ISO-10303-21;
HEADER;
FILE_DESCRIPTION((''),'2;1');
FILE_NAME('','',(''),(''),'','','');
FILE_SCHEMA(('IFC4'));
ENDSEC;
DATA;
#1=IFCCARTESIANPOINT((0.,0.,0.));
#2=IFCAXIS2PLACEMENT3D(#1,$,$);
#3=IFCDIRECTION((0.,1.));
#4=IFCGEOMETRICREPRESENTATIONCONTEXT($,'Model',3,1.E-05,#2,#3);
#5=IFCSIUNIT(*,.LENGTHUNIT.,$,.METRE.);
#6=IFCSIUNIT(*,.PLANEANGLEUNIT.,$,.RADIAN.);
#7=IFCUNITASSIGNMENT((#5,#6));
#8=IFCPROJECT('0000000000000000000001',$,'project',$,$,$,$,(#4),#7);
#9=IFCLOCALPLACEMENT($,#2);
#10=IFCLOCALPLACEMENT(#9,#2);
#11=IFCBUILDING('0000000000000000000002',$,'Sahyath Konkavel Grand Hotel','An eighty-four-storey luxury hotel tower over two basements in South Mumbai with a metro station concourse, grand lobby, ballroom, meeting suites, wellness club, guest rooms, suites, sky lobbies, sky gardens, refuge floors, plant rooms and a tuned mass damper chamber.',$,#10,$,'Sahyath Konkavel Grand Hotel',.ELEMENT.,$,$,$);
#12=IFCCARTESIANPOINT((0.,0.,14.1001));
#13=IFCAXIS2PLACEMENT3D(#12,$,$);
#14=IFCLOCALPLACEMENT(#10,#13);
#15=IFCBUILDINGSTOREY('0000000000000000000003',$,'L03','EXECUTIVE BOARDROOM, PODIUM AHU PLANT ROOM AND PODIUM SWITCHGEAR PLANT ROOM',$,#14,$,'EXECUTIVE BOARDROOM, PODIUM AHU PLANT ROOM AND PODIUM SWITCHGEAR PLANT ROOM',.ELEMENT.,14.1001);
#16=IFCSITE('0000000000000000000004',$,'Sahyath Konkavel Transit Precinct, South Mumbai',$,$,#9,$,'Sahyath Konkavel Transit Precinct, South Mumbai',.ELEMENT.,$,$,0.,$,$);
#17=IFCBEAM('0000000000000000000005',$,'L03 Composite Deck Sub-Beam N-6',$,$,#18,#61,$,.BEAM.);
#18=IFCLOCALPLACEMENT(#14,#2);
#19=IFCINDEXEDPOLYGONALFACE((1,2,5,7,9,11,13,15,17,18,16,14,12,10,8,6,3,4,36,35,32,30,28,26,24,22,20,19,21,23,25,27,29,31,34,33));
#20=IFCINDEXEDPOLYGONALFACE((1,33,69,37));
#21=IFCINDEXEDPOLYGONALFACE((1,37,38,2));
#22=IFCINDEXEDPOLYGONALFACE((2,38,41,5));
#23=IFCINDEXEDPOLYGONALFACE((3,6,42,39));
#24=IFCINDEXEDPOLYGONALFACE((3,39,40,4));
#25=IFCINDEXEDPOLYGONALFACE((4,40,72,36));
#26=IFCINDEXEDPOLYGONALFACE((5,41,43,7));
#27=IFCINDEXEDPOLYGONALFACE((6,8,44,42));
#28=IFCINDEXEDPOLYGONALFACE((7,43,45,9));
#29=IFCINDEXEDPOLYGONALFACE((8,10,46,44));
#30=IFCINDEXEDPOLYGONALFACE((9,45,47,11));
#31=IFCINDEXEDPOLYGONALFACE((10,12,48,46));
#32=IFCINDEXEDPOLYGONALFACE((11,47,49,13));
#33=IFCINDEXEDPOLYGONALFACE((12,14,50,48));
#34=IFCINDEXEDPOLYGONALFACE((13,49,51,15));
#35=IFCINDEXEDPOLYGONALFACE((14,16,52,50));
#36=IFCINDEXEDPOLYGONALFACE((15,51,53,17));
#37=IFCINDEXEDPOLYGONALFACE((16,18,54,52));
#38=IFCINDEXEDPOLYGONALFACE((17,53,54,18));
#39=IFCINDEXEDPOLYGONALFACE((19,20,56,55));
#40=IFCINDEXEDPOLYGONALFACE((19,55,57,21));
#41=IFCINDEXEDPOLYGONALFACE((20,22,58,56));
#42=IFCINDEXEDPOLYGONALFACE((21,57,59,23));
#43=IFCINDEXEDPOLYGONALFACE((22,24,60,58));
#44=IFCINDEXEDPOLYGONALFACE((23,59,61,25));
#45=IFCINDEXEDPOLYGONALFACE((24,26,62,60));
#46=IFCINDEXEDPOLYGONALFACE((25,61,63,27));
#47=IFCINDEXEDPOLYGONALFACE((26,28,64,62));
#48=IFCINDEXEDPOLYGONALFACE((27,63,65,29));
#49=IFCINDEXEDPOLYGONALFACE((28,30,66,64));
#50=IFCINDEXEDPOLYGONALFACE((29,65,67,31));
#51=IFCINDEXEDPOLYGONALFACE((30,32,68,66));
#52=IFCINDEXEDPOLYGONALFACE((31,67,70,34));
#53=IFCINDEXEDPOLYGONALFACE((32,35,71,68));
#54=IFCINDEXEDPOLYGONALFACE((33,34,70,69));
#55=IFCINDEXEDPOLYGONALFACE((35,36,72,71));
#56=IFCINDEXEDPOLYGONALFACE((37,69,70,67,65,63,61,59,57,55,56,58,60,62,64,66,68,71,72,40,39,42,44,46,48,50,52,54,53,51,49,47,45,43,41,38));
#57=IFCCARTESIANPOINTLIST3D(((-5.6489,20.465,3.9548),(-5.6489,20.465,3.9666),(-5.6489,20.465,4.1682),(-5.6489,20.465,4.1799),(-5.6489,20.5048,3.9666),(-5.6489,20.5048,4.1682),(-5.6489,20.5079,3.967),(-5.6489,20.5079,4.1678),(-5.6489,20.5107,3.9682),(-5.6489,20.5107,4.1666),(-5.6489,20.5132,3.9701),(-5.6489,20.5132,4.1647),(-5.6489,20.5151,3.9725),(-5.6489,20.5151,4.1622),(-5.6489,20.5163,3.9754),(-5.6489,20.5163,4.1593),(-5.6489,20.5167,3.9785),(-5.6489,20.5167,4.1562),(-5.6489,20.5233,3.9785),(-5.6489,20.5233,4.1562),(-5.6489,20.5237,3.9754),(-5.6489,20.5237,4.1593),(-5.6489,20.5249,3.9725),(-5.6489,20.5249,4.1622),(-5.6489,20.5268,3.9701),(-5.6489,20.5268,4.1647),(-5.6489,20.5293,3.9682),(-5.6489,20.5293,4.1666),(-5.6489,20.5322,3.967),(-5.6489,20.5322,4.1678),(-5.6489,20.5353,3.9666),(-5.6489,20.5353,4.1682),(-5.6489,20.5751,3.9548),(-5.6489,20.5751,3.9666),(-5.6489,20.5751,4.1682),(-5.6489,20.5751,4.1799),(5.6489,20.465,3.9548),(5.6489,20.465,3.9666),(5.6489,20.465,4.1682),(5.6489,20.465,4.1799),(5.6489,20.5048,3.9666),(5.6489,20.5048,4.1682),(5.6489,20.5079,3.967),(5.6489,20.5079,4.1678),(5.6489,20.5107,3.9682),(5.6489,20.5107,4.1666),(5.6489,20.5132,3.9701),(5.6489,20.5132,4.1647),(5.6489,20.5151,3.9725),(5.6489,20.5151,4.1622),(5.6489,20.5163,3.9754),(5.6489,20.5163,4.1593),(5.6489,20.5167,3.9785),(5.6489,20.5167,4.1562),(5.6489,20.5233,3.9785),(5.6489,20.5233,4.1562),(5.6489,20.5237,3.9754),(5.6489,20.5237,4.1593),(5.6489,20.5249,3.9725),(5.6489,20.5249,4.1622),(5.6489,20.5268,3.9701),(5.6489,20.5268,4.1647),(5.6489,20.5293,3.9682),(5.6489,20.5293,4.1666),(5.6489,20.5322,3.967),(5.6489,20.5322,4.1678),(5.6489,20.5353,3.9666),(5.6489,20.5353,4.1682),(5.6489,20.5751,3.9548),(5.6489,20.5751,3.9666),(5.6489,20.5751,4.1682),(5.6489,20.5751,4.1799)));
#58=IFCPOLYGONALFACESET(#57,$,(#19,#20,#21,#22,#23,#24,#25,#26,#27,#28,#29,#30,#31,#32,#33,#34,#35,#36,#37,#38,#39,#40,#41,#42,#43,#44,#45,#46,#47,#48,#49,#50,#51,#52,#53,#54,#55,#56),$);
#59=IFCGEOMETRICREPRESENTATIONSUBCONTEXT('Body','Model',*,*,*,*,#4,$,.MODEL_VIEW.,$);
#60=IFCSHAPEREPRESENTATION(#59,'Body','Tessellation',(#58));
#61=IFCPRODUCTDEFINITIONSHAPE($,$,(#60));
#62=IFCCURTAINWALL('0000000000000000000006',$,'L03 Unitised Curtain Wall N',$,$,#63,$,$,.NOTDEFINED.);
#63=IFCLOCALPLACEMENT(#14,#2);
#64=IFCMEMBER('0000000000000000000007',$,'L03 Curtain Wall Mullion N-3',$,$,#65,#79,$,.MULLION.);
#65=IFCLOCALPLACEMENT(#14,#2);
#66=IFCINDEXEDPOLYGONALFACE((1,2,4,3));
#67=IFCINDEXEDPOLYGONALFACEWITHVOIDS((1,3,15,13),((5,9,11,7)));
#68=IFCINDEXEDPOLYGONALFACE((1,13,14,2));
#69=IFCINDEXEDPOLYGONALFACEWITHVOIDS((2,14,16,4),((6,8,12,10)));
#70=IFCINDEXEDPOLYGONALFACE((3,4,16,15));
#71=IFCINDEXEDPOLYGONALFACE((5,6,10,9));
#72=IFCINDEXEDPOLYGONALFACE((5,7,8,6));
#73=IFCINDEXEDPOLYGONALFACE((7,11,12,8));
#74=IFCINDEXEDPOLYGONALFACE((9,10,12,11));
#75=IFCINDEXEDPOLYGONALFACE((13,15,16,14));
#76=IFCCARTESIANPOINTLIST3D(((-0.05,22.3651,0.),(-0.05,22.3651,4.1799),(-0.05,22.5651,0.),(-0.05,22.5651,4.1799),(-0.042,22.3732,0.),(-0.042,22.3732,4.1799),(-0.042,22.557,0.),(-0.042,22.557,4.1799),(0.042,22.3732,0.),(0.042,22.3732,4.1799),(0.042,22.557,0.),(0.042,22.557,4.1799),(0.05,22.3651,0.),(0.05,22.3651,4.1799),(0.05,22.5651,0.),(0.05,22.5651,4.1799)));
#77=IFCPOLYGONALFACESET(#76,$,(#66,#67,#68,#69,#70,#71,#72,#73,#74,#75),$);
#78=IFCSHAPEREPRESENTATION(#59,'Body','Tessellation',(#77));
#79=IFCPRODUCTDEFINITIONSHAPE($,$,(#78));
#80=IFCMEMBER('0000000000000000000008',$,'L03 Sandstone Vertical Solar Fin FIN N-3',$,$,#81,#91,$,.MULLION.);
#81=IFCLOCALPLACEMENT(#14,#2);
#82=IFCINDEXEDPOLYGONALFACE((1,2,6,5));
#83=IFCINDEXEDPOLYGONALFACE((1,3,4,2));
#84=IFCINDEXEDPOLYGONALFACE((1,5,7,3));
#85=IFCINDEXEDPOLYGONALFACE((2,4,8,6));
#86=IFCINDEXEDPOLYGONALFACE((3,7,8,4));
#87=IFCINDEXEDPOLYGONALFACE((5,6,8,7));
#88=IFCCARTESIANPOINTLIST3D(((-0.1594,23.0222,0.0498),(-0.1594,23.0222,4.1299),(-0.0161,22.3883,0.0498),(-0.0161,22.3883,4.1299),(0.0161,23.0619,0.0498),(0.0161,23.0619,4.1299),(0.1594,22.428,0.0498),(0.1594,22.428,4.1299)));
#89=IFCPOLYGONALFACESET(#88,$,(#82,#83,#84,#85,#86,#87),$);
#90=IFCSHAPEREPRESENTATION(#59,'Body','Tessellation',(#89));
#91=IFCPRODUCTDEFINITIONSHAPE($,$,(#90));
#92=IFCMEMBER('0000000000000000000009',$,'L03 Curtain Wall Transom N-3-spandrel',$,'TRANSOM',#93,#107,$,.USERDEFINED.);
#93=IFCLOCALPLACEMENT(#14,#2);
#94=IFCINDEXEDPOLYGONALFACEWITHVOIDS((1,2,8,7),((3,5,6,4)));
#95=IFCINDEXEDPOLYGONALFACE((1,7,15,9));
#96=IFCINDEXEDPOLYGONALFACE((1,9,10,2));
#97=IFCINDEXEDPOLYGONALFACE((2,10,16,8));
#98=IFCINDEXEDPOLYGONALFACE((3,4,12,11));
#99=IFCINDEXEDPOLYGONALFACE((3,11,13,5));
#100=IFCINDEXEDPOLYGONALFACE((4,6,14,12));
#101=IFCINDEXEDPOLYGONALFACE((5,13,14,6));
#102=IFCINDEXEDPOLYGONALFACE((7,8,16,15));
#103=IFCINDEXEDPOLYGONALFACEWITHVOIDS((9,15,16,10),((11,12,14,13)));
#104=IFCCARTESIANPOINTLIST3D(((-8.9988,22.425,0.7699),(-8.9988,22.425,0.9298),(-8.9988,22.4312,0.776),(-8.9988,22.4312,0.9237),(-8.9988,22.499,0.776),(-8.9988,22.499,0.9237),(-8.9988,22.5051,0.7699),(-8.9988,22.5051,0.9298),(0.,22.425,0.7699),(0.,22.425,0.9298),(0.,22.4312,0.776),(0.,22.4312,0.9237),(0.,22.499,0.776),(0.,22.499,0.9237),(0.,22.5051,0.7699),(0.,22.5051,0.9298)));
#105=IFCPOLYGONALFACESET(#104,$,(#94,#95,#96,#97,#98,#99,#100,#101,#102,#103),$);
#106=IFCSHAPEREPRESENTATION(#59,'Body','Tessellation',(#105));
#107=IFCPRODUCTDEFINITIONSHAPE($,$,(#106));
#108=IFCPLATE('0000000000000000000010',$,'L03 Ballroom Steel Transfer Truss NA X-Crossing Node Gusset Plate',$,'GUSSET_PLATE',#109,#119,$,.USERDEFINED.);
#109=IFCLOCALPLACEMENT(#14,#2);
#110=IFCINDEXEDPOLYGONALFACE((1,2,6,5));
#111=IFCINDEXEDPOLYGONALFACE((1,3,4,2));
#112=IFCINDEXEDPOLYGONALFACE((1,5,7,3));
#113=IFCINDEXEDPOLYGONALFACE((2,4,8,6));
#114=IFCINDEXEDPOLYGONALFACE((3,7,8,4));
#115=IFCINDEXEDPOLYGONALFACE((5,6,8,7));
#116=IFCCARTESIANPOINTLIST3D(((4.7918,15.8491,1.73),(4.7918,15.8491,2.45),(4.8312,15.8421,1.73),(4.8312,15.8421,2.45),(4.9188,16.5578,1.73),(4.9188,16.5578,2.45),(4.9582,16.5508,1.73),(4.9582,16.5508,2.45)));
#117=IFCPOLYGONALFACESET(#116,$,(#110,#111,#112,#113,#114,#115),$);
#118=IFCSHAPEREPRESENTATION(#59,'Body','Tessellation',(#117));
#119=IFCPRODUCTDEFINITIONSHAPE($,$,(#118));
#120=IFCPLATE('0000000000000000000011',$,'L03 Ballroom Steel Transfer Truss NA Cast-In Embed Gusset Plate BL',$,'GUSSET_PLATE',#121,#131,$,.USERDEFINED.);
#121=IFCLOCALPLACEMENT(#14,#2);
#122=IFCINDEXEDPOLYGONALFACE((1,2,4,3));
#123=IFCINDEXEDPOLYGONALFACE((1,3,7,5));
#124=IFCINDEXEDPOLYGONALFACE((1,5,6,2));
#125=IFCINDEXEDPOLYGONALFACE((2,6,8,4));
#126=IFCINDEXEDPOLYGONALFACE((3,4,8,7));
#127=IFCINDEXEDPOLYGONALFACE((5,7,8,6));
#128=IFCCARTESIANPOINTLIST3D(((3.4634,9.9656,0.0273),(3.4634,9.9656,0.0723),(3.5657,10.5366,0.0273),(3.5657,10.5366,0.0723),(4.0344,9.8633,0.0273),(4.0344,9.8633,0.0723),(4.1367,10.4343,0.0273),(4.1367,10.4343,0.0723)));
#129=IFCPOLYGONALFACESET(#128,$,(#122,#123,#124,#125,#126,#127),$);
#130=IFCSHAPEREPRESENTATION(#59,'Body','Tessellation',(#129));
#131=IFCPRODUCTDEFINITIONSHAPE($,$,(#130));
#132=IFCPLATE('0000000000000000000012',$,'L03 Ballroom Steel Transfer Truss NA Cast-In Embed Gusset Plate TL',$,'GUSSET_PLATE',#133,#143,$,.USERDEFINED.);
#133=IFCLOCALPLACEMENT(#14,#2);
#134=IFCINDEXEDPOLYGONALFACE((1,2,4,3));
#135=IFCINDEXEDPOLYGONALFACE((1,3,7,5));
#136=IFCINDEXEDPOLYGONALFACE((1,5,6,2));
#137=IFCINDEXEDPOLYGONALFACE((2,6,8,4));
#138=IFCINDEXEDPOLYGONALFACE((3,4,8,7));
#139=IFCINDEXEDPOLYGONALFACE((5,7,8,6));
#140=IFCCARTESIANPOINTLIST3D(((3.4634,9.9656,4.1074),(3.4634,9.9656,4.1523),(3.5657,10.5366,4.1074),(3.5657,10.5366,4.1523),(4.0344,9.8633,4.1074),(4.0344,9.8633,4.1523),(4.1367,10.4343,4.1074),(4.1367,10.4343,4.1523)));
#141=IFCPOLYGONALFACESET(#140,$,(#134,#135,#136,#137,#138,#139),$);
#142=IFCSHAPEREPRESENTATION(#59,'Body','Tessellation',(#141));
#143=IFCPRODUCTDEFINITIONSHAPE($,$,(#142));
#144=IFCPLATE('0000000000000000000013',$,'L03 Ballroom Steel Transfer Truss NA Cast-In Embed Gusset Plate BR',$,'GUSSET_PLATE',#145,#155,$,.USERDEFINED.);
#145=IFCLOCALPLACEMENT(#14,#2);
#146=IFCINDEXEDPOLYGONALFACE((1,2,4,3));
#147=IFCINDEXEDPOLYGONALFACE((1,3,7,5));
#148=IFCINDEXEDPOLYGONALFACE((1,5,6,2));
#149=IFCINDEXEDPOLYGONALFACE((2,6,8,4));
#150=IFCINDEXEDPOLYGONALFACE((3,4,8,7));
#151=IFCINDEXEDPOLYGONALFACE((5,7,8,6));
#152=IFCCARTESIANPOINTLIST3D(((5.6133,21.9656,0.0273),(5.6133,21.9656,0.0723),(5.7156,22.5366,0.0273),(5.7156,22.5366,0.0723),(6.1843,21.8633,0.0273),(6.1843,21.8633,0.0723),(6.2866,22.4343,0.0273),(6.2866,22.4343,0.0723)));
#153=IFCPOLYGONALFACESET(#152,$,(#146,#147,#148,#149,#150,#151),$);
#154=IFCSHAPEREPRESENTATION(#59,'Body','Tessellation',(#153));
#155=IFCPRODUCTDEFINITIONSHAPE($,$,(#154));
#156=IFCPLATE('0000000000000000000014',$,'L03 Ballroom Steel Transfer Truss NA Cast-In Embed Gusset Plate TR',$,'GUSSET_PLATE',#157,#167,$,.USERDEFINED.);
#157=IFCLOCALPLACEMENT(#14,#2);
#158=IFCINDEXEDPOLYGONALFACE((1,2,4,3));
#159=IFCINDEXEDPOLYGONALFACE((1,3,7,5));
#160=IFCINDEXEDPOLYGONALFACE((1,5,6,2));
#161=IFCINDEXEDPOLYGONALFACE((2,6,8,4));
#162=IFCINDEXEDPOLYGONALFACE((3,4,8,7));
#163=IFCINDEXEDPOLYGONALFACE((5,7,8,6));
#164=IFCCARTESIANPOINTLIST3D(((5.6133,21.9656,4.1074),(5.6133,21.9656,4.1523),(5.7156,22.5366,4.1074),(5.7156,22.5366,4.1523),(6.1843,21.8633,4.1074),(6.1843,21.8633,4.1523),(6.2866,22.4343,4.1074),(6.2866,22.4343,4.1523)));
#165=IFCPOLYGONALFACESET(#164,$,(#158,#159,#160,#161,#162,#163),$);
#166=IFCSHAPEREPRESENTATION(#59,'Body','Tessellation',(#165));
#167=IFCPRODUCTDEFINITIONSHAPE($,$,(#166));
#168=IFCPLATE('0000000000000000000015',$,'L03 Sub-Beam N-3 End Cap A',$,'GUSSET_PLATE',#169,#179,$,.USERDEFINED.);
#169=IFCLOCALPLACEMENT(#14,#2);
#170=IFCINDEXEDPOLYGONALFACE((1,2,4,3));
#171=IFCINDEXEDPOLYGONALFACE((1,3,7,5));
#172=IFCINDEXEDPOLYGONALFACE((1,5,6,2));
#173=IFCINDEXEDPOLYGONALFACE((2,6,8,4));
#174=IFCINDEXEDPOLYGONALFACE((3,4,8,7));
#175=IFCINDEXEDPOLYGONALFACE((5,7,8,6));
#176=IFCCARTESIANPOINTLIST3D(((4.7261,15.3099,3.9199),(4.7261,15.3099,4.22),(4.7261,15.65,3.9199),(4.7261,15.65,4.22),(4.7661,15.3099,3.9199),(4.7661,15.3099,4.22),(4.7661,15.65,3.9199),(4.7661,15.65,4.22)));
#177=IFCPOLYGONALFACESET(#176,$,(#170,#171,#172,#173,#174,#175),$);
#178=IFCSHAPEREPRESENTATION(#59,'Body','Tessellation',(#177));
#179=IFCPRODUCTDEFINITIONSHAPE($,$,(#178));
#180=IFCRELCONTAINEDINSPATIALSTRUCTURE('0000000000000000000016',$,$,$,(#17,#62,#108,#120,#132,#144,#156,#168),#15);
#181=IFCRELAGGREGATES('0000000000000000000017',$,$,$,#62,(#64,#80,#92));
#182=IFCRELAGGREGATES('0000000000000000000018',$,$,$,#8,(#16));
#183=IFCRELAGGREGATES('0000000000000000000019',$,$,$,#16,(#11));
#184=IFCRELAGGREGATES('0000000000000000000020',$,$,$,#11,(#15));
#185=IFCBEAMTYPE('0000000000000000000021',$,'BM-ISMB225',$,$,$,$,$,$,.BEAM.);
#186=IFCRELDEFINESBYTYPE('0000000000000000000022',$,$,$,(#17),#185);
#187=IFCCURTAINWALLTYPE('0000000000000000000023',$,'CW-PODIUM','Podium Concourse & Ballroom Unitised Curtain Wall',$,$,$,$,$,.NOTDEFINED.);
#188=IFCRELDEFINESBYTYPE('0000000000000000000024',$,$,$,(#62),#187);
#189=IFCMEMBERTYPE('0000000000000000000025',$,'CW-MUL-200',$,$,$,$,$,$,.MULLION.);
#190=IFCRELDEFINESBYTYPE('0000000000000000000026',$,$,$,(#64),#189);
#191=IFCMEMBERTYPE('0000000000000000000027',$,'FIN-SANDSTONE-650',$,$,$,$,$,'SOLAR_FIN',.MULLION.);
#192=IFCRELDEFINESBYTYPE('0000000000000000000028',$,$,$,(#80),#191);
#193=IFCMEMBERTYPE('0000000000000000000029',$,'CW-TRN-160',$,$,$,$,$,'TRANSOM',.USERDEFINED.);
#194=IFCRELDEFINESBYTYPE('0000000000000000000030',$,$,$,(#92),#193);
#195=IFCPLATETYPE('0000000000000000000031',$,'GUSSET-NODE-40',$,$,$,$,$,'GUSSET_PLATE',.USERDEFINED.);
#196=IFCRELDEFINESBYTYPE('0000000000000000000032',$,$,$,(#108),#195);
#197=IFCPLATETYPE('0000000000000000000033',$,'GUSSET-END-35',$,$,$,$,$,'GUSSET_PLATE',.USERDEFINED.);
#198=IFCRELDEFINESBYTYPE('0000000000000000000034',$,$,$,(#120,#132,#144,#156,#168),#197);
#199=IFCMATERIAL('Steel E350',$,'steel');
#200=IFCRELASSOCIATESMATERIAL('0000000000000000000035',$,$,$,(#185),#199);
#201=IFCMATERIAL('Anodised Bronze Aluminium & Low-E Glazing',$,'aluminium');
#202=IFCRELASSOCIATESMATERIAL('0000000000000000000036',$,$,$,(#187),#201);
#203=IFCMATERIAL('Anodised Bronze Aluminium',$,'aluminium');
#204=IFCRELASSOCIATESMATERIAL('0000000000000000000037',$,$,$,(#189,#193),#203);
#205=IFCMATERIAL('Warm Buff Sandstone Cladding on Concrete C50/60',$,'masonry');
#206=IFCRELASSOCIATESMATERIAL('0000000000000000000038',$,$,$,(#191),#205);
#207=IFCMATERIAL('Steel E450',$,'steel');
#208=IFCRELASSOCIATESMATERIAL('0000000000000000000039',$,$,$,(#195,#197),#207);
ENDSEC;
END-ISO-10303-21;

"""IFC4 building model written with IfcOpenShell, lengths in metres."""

from ifc_helpers import new_model, si_unit, direction, frame, origin, origin_2d, place, context, subcontext, project, spatial, rectangle, hollow_rectangle, i_section, extrude, source, transform, mapped, material, material_profile, profile_set, type_object, element, aggregate, save


model = new_model("IFC4")

# Units and contexts
model_context = context("Model", 3, precision=1e-05, world=origin(), true_north=direction((0.0, 1.0)))
body_context = subcontext(model_context, "Body", "Model", "MODEL_VIEW")
ifc_project = project(units=[si_unit("LENGTHUNIT", "METRE"), si_unit("PLANEANGLEUNIT", "RADIAN")], contexts=[model_context])

# Site, building, storey
site_placement = place(None, origin())
site = spatial("IfcSite", under=ifc_project, at=site_placement, Name="Sahyath Konkavel Transit Precinct, South Mumbai", LongName="Sahyath Konkavel Transit Precinct, South Mumbai", CompositionType="ELEMENT", RefElevation=0.0)
building_placement = place(site_placement, origin())
building = spatial("IfcBuilding", under=site, at=building_placement, Name="Sahyath Konkavel Grand Hotel", Description="An eighty-four-storey luxury hotel tower over two basements in South Mumbai with a metro station concourse, grand lobby, ballroom, meeting suites, wellness club, guest rooms, suites, sky lobbies, sky gardens, refuge floors, plant rooms and a tuned mass damper chamber.", LongName="Sahyath Konkavel Grand Hotel", CompositionType="ELEMENT")
storey_placement = place(building_placement, frame((0.0, 0.0, 14.1001)))
storey = spatial("IfcBuildingStorey", under=building, at=storey_placement, Name="L03", Description="EXECUTIVE BOARDROOM, PODIUM AHU PLANT ROOM AND PODIUM SWITCHGEAR PLANT ROOM", LongName="EXECUTIVE BOARDROOM, PODIUM AHU PLANT ROOM AND PODIUM SWITCHGEAR PLANT ROOM", CompositionType="ELEMENT", Elevation=14.1001)

# Shared definitions
ifc_material_1 = material(Name="Steel E450", Category="steel")

# Shared definitions
ifc_material_2 = material(Name="Steel E350", Category="steel")

# Beam
ifc_material_profile_1 = material_profile(ifc_material_2, i_section(OverallWidth=0.1101, OverallDepth=0.2251, WebThickness=0.0066, FlangeThickness=0.0117, FilletRadius=0.012, at=origin_2d()), Name="ISMB 225")
ifc_profile_set_1 = profile_set([ifc_material_profile_1], Name="Steel E350")
beam_type_1 = type_object("IfcBeamType", Name="BM-ISMB225", PredefinedType="BEAM", material=ifc_profile_set_1)
shared_shape_1 = source(origin(), body_context, "Body", "SweptSolid", [
    extrude(i_section(OverallWidth=0.1101, OverallDepth=0.2251, WebThickness=0.0066, FlangeThickness=0.0117, FilletRadius=0.012, at=origin_2d()), origin(), (0.0, 0.0, 1.0), 11.2979),
])
beam_1_placement = place(storey_placement, frame((5.6489, 20.52, 4.0674), z_axis=(-1.0, 0.0, 0.0), x_axis=(0.0, -1.0, 0.0)))
element("IfcBeam", 1, at=beam_1_placement, inside=storey, type_object=beam_type_1, Name="L03 Composite Deck Sub-Beam N-6", PredefinedType="BEAM", context=body_context, shape_type="MappedRepresentation", body=[
    mapped(shared_shape_1, transform((0.0, 0.0, 0.0), scale=1.0)),
])

# Curtain wall, members
ifc_material_3 = material(Name="Anodised Bronze Aluminium & Low-E Glazing", Category="aluminium")
curtain_wall_type = type_object("IfcCurtainWallType", Name="CW-PODIUM", Description="Podium Concourse & Ballroom Unitised Curtain Wall", PredefinedType="NOTDEFINED", material=ifc_material_3)
curtain_wall_placement = place(storey_placement, origin())
curtain_wall = element("IfcCurtainWall", 2, at=curtain_wall_placement, inside=storey, type_object=curtain_wall_type, Name="L03 Unitised Curtain Wall N", PredefinedType="NOTDEFINED")
ifc_material_4 = material(Name="Anodised Bronze Aluminium", Category="aluminium")
ifc_material_profile_2 = material_profile(ifc_material_4, hollow_rectangle(XDim=0.1001, YDim=0.2, WallThickness=0.0081, at=origin_2d()), Name="RHS 200x100x8")
ifc_profile_set_2 = profile_set([ifc_material_profile_2], Name="Anodised Bronze Aluminium")
member_type_1 = type_object("IfcMemberType", Name="CW-MUL-200", PredefinedType="MULLION", material=ifc_profile_set_2)
shared_shape_2 = source(origin(), body_context, "Body", "SweptSolid", [
    extrude(hollow_rectangle(XDim=0.1001, YDim=0.2, WallThickness=0.0081, at=origin_2d()), origin(), (0.0, 0.0, 1.0), 4.1799),
])
member_1_placement = place(storey_placement, frame((0.0, 22.4651, 0.0), z_axis=(0.0, 0.0, 1.0), x_axis=(1.0, 0.0, 0.0)))
member_1 = element("IfcMember", 3, at=member_1_placement, type_object=member_type_1, Name="L03 Curtain Wall Mullion N-3", PredefinedType="MULLION", context=body_context, shape_type="MappedRepresentation", body=[
    mapped(shared_shape_2, transform((0.0, 0.0, 0.0), scale=1.0)),
])
ifc_material_5 = material(Name="Warm Buff Sandstone Cladding on Concrete C50/60", Category="masonry")
ifc_material_profile_3 = material_profile(ifc_material_5, rectangle(XDim=0.1799, YDim=0.6499, at=origin_2d()), Name="FIN 180x650")
ifc_profile_set_3 = profile_set([ifc_material_profile_3], Name="Warm Buff Sandstone Cladding on Concrete C50/60")
member_type_2 = type_object("IfcMemberType", Name="FIN-SANDSTONE-650", ElementType="SOLAR_FIN", PredefinedType="MULLION", material=ifc_profile_set_3)
shared_shape_3 = source(origin(), body_context, "Body", "SweptSolid", [
    extrude(rectangle(XDim=0.1799, YDim=0.6499, at=origin_2d()), origin(), (0.0, 0.0, 1.0), 4.0801),
])
member_2_placement = place(storey_placement, frame((0.0, 22.7251, 0.0498), z_axis=(0.0, 0.0, 1.0), x_axis=(0.975419, 0.220357, 0.0)))
member_2 = element("IfcMember", 4, at=member_2_placement, type_object=member_type_2, Name="L03 Sandstone Vertical Solar Fin FIN N-3", PredefinedType="MULLION", context=body_context, shape_type="MappedRepresentation", body=[
    mapped(shared_shape_3, transform((0.0, 0.0, 0.0), scale=1.0)),
])
ifc_material_profile_4 = material_profile(ifc_material_4, hollow_rectangle(XDim=0.0801, YDim=0.1599, WallThickness=0.0061, at=origin_2d()), Name="RHS 160x80x6")
ifc_profile_set_4 = profile_set([ifc_material_profile_4], Name="Anodised Bronze Aluminium")
member_type_3 = type_object("IfcMemberType", Name="CW-TRN-160", ElementType="TRANSOM", PredefinedType="USERDEFINED", material=ifc_profile_set_4)
shared_shape_4 = source(origin(), body_context, "Body", "SweptSolid", [
    extrude(hollow_rectangle(XDim=0.0801, YDim=0.1599, WallThickness=0.0061, at=origin_2d()), origin(), (0.0, 0.0, 1.0), 8.9988),
])
member_3_placement = place(storey_placement, frame((0.0, 22.4651, 0.8499), z_axis=(-1.0, 0.0, 0.0), x_axis=(0.0, -1.0, 0.0)))
member_3 = element("IfcMember", 5, at=member_3_placement, type_object=member_type_3, Name="L03 Curtain Wall Transom N-3-spandrel", ObjectType="TRANSOM", PredefinedType="USERDEFINED", context=body_context, shape_type="MappedRepresentation", body=[
    mapped(shared_shape_4, transform((0.0, 0.0, 0.0), scale=1.0)),
])

# Plates
plate_type_1 = type_object("IfcPlateType", Name="GUSSET-NODE-40", ElementType="GUSSET_PLATE", PredefinedType="USERDEFINED", material=ifc_material_1)
shared_shape_5 = source(origin(), body_context, "Body", "SweptSolid", [
    extrude(rectangle(XDim=0.72, YDim=0.04, at=origin_2d()), origin(), (0.0, 0.0, 1.0), 0.72),
])
plate_1_placement = place(storey_placement, frame((4.875, 16.2, 1.73), z_axis=(0.0, 0.0, 1.0), x_axis=(0.176363, 0.984325, 0.0)))
element("IfcPlate", 6, at=plate_1_placement, inside=storey, type_object=plate_type_1, Name="L03 Ballroom Steel Transfer Truss NA X-Crossing Node Gusset Plate", ObjectType="GUSSET_PLATE", PredefinedType="USERDEFINED", context=body_context, shape_type="MappedRepresentation", body=[
    mapped(shared_shape_5, transform((0.0, 0.0, 0.0), scale=1.0)),
])
plate_type_2 = type_object("IfcPlateType", Name="GUSSET-END-35", ElementType="GUSSET_PLATE", PredefinedType="USERDEFINED", material=ifc_material_1)
shared_shape_6 = source(origin(), body_context, "Body", "SweptSolid", [
    extrude(rectangle(XDim=0.5801, YDim=0.5801, at=origin_2d()), origin(), (0.0, 0.0, 1.0), 0.0449),
])
for number, where, z_axis, x_axis, name in (
    (7, (3.8, 10.2, 0.0273), (0.0, 0.0, 1.0), (0.176363, 0.984325, 0.0), "L03 Ballroom Steel Transfer Truss NA Cast-In Embed Gusset Plate BL"),
    (8, (3.8, 10.2, 4.1074), (0.0, 0.0, 1.0), (0.176363, 0.984325, 0.0), "L03 Ballroom Steel Transfer Truss NA Cast-In Embed Gusset Plate TL"),
    (9, (5.95, 22.2, 0.0273), (0.0, 0.0, 1.0), (0.176363, 0.984325, 0.0), "L03 Ballroom Steel Transfer Truss NA Cast-In Embed Gusset Plate BR"),
    (10, (5.95, 22.2, 4.1074), (0.0, 0.0, 1.0), (0.176363, 0.984325, 0.0), "L03 Ballroom Steel Transfer Truss NA Cast-In Embed Gusset Plate TR"),
):
    element("IfcPlate", number, at=place(storey_placement, frame(where, z_axis=z_axis, x_axis=x_axis)), inside=storey, type_object=plate_type_2, Name=name, ObjectType="GUSSET_PLATE", PredefinedType="USERDEFINED", context=body_context, shape_type="MappedRepresentation", body=[
        mapped(shared_shape_6, transform((0.0, 0.0, 0.0), scale=1.0)),
    ])
shared_shape_7 = source(origin(), body_context, "Body", "SweptSolid", [
    extrude(rectangle(XDim=0.04, YDim=0.3401, at=origin_2d()), origin(), (0.0, 0.0, 1.0), 0.3),
])
plate_2_placement = place(storey_placement, frame((4.7461, 15.48, 3.9199), z_axis=(0.0, 0.0, 1.0), x_axis=(-1.0, 0.0, 0.0)))
element("IfcPlate", 11, at=plate_2_placement, inside=storey, type_object=plate_type_2, Name="L03 Sub-Beam N-3 End Cap A", ObjectType="GUSSET_PLATE", PredefinedType="USERDEFINED", context=body_context, shape_type="MappedRepresentation", body=[
    mapped(shared_shape_7, transform((0.0, 0.0, 0.0), scale=1.0)),
])

aggregate(curtain_wall, [member_1, member_2, member_3])

save(model, "model.ifc")
